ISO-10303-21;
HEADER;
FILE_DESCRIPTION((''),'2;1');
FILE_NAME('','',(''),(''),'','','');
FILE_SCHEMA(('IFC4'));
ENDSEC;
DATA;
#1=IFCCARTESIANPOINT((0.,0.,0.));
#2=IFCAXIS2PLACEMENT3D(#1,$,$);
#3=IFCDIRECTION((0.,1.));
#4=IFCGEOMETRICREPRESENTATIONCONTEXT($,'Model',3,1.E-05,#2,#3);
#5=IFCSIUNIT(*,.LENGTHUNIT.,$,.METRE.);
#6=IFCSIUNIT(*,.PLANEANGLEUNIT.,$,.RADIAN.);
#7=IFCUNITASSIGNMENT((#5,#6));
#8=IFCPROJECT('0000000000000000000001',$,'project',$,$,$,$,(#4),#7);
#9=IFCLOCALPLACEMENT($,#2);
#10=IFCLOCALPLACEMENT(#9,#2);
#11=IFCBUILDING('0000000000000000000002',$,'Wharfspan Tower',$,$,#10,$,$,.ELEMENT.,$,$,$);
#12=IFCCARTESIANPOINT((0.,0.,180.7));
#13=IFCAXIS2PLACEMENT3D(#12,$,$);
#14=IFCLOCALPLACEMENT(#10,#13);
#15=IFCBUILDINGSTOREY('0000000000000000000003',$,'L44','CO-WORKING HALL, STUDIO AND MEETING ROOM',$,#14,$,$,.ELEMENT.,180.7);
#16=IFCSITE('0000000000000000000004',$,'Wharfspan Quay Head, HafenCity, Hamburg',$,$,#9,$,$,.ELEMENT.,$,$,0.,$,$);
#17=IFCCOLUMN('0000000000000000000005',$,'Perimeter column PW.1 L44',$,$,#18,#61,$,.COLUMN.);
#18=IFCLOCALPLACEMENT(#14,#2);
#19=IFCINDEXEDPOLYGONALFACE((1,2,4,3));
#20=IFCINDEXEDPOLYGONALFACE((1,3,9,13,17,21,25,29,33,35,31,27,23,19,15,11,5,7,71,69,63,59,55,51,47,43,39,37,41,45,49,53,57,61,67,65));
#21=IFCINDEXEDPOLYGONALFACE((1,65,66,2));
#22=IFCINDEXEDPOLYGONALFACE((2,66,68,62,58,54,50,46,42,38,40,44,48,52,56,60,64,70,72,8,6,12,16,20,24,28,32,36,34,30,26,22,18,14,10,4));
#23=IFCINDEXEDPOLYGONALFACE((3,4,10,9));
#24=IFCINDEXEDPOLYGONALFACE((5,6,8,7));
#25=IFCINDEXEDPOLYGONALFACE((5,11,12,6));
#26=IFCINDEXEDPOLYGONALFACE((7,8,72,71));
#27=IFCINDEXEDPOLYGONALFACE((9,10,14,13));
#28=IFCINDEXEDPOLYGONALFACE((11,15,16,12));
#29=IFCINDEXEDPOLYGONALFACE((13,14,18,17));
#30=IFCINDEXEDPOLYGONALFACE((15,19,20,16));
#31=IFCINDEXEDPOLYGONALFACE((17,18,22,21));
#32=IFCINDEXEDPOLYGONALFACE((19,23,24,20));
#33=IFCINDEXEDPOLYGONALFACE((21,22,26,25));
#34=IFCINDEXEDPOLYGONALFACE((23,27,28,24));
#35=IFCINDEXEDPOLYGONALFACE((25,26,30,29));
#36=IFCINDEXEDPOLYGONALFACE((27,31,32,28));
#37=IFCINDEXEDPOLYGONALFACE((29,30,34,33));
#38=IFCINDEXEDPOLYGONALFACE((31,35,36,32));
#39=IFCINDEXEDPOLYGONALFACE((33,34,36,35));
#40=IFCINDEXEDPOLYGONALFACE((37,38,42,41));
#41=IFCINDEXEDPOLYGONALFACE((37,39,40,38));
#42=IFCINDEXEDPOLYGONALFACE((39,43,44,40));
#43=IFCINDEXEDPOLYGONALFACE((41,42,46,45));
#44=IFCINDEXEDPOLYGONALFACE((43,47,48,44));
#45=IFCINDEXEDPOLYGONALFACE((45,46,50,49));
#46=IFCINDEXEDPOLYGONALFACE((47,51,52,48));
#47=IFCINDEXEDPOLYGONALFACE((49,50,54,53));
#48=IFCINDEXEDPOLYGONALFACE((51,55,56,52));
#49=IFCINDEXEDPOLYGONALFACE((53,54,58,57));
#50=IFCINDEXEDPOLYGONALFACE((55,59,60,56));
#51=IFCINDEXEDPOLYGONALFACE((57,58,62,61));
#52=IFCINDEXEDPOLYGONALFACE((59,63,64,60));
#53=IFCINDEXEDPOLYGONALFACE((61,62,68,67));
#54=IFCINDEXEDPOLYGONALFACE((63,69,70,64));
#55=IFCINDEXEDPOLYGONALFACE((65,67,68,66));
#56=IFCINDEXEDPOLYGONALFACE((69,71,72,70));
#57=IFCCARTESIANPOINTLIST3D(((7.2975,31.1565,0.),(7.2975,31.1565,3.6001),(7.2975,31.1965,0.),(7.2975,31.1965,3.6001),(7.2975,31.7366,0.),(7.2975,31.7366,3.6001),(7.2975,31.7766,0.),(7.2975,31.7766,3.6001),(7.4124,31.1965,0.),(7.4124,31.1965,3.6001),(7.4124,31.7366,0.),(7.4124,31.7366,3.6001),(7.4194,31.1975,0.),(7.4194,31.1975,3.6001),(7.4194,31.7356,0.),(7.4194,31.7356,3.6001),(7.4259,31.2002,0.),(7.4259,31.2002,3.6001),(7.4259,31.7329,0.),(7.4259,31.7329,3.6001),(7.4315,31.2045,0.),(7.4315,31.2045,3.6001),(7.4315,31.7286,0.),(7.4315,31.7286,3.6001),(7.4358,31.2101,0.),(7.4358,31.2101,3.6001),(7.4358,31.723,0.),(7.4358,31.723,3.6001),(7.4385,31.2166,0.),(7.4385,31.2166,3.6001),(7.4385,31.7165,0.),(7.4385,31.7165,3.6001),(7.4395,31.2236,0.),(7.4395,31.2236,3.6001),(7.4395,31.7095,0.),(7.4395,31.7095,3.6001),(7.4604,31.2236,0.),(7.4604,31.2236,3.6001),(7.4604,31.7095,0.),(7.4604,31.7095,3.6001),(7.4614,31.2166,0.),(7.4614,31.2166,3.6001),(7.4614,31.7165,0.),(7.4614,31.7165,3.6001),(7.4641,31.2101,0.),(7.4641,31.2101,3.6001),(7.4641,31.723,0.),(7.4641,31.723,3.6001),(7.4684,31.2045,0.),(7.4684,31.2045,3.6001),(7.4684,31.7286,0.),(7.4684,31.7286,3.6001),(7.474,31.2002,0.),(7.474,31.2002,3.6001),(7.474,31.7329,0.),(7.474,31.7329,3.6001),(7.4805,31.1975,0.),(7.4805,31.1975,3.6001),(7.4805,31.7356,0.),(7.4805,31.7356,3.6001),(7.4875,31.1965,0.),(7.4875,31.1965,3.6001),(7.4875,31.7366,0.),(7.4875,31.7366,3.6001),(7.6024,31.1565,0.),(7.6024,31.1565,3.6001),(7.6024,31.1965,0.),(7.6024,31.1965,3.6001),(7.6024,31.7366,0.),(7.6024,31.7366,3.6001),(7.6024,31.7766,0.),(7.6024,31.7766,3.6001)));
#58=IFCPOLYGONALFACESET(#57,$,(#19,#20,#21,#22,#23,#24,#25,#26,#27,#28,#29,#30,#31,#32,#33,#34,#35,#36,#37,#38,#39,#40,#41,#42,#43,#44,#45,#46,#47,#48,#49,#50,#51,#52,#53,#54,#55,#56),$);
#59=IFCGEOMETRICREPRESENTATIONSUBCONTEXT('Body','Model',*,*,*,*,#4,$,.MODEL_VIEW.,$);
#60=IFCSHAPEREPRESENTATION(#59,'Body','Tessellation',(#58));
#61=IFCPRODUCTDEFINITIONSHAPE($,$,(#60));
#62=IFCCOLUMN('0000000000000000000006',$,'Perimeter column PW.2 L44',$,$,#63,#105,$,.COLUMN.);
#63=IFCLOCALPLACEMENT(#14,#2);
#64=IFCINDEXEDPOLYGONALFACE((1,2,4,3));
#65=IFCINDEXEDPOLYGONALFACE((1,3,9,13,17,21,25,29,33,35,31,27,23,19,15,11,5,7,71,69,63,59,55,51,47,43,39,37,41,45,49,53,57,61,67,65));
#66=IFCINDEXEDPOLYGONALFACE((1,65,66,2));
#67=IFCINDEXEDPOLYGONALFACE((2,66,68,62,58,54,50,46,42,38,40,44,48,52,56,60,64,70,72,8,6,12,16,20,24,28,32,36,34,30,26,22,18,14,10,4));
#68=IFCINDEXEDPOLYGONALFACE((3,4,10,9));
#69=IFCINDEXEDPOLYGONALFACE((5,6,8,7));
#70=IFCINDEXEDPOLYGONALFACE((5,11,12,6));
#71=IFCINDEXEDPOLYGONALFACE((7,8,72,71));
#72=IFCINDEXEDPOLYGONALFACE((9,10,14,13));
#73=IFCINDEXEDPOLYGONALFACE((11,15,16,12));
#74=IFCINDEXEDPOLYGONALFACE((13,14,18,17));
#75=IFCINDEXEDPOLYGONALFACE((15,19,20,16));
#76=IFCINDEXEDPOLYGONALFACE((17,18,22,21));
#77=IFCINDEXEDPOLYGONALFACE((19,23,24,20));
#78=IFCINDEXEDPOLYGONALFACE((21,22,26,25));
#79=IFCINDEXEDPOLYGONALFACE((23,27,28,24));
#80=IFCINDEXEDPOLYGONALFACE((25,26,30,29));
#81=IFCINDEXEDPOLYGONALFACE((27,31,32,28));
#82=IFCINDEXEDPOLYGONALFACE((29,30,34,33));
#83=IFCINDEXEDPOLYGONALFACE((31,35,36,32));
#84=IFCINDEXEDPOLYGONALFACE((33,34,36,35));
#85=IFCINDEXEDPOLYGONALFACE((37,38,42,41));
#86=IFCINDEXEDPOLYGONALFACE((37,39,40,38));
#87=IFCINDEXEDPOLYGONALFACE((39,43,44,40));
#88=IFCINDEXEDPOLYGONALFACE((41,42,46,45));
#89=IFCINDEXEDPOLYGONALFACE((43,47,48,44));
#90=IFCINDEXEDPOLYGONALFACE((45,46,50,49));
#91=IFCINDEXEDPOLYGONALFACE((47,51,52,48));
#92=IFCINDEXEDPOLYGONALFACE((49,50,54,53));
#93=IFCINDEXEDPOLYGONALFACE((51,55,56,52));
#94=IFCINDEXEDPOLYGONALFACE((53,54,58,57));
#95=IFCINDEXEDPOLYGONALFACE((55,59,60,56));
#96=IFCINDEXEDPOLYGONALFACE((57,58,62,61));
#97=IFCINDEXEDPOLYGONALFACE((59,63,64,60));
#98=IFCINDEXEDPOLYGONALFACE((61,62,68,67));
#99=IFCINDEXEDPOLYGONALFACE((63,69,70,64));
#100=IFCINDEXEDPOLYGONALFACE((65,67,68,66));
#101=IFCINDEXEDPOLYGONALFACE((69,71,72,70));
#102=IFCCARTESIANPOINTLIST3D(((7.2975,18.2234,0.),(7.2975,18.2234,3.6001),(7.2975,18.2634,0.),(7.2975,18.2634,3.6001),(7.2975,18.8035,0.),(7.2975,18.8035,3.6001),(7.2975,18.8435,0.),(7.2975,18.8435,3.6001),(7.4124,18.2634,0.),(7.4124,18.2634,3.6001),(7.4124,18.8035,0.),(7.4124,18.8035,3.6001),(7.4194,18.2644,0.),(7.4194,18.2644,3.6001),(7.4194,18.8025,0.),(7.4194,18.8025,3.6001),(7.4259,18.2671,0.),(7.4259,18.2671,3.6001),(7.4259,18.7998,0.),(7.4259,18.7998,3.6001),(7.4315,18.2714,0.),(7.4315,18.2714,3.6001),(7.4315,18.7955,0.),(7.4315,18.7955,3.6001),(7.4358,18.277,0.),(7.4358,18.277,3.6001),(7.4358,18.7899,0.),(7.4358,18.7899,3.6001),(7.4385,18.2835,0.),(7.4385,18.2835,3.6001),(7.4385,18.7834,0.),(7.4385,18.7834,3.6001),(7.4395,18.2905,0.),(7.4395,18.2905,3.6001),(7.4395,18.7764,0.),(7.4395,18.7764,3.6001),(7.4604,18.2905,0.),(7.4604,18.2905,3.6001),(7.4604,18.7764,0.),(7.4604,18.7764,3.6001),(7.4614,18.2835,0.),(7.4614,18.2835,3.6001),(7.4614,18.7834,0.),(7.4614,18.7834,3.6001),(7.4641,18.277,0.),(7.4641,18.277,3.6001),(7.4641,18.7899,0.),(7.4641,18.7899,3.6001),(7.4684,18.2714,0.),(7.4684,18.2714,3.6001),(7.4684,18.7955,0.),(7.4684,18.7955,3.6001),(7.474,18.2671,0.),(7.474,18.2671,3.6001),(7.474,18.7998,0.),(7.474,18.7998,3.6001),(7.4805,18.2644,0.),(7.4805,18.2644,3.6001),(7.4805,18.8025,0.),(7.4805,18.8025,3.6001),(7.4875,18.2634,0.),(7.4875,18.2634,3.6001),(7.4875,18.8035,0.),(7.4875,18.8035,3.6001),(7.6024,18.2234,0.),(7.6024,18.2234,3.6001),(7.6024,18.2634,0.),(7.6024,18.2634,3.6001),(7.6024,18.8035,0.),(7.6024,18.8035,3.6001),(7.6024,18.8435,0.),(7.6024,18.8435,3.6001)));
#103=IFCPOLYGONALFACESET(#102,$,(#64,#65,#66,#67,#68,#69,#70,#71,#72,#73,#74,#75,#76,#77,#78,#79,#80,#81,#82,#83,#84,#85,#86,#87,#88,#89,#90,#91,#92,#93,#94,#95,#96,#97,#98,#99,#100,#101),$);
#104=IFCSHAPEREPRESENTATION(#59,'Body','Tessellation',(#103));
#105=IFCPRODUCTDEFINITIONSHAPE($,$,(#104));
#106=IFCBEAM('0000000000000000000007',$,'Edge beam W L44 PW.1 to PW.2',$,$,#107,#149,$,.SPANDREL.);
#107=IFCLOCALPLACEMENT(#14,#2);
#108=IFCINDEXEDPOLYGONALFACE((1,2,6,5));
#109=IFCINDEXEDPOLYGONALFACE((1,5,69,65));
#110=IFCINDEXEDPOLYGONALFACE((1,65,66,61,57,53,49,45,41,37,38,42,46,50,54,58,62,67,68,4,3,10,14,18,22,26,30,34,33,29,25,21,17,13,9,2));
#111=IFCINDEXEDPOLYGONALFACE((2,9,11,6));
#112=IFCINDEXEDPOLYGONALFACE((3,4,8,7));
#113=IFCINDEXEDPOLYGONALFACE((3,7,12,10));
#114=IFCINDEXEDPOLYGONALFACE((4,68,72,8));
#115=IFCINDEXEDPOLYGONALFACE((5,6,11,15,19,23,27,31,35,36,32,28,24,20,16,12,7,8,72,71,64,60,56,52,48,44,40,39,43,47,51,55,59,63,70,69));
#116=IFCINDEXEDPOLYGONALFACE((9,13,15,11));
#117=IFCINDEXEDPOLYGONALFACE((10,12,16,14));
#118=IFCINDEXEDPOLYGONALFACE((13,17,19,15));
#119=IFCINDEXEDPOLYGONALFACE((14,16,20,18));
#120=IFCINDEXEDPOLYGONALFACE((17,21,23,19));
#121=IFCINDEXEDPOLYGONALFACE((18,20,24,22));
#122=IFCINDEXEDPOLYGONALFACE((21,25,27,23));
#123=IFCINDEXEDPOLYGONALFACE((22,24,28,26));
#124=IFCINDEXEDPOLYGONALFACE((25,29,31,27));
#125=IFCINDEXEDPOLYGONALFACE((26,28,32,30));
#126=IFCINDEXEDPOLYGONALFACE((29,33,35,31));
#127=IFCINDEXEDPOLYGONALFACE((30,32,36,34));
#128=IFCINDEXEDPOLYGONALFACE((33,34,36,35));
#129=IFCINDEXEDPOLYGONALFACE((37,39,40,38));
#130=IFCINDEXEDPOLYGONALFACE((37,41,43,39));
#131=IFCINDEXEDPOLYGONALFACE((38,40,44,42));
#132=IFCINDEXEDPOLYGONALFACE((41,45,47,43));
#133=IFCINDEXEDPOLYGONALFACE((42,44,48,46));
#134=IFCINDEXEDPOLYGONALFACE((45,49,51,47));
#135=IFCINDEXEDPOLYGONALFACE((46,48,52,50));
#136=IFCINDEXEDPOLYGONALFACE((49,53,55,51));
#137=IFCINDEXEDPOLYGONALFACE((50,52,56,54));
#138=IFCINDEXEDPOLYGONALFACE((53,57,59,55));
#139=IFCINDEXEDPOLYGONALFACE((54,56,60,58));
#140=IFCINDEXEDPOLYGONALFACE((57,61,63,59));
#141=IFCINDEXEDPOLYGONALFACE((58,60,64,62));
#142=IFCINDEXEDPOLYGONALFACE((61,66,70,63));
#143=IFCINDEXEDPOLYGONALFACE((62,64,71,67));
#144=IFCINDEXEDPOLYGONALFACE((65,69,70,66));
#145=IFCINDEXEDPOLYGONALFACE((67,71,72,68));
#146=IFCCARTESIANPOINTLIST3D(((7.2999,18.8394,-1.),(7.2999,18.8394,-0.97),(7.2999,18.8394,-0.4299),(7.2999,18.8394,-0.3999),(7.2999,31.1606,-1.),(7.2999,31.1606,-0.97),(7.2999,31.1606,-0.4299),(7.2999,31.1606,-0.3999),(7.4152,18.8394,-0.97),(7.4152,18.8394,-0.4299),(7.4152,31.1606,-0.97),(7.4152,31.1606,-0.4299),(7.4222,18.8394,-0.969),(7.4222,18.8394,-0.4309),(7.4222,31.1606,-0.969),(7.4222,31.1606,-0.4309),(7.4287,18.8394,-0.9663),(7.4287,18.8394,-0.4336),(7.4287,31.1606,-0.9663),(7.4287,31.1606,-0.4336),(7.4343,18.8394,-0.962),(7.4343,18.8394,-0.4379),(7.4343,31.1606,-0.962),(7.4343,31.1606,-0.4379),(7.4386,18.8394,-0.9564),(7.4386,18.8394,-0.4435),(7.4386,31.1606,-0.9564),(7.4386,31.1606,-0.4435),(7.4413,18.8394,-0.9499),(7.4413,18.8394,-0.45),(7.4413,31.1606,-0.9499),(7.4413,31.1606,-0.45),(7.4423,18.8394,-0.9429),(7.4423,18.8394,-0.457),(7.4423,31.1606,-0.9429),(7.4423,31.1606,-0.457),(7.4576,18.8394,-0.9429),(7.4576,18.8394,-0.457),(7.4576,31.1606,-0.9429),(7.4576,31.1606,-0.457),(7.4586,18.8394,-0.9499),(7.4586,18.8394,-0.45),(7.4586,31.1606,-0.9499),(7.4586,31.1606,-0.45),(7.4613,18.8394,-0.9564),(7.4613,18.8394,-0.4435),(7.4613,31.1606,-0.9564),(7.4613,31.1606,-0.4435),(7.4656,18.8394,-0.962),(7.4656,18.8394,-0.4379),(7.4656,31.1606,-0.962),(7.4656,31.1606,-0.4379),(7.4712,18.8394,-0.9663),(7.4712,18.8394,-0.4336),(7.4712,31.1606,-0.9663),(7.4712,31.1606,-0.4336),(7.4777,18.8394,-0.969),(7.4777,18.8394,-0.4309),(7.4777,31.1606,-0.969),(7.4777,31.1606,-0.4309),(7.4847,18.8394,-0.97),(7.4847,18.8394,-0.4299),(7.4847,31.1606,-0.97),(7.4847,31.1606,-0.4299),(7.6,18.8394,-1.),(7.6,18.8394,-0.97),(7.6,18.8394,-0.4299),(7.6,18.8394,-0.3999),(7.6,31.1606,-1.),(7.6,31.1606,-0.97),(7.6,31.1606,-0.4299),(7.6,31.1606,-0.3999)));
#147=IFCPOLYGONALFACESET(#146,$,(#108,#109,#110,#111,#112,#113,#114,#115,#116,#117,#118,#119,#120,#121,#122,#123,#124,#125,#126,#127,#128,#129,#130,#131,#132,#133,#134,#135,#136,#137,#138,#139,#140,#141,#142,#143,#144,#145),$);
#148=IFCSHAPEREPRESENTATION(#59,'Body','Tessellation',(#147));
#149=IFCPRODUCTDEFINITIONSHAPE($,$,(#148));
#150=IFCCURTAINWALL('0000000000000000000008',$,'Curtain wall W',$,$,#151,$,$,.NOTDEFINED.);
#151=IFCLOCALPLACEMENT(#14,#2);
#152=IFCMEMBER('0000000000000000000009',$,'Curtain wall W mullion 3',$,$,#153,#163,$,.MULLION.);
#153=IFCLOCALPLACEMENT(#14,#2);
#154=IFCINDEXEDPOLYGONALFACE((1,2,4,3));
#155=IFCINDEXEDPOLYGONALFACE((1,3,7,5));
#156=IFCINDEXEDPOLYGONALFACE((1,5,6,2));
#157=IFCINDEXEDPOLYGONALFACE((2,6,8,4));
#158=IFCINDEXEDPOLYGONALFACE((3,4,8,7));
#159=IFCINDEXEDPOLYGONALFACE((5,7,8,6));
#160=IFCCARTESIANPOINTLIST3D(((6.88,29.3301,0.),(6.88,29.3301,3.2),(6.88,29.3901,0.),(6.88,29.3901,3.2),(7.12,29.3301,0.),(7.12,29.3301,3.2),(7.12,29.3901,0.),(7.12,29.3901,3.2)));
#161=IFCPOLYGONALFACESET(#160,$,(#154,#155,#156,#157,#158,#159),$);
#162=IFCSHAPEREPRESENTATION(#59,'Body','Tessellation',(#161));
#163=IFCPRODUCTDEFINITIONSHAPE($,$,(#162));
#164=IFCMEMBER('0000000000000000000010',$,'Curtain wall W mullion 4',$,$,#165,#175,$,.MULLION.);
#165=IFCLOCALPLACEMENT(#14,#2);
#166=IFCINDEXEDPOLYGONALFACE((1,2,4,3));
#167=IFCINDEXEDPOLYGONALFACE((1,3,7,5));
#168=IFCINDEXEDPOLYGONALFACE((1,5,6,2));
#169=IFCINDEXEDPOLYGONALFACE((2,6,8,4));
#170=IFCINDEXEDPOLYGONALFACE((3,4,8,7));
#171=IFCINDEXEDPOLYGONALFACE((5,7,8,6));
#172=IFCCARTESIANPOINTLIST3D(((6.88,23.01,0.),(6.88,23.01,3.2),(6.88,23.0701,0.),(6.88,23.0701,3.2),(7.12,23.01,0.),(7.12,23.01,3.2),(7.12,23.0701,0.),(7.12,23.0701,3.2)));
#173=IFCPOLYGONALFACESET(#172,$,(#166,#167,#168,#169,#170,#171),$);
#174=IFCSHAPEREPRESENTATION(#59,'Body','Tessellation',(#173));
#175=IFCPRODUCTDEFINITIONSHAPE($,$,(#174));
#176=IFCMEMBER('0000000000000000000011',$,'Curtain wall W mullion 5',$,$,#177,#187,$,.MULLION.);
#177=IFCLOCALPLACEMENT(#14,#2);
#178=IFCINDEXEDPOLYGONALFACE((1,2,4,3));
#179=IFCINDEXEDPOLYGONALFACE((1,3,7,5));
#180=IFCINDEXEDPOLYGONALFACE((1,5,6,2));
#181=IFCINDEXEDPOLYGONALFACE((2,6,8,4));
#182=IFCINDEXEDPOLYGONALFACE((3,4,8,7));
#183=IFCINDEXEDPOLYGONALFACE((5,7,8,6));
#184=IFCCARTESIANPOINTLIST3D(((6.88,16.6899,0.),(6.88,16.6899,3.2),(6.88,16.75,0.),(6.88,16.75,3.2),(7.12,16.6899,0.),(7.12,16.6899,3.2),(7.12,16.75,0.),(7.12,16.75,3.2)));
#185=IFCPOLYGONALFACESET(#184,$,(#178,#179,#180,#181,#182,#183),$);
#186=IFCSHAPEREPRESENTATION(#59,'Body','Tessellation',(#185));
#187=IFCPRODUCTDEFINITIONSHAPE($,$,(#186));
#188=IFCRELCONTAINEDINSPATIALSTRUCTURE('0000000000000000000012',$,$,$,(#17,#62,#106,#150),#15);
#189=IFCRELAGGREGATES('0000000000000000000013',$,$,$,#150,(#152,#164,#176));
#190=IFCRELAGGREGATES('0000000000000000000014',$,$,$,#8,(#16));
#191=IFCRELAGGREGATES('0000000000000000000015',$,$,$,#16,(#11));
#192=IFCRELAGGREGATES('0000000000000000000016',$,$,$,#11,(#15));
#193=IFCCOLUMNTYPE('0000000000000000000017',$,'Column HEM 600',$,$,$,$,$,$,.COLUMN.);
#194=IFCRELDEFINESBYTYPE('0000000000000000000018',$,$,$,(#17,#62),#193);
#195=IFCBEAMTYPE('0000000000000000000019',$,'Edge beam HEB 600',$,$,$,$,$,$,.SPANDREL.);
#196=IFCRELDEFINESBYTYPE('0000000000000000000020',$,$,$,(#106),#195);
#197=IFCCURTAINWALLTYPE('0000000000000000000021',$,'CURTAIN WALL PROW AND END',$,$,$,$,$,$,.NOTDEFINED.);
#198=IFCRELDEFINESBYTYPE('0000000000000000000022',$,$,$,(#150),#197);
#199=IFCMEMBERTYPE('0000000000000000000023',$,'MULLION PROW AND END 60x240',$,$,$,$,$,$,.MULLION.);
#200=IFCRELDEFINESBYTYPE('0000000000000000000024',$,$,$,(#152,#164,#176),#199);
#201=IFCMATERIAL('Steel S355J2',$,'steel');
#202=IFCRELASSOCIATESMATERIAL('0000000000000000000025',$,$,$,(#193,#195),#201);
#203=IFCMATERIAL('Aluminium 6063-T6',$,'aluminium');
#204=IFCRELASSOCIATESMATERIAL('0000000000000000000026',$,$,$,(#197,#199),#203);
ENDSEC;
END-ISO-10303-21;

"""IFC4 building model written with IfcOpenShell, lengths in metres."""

from ifc_helpers import new_model, si_unit, direction, frame, origin, origin_2d, place, context, subcontext, project, spatial, rectangle, i_section, extrude, material, material_profile, profile_set, type_object, element, aggregate, save


model = new_model("IFC4")

# Units and contexts
model_context = context("Model", 3, precision=1e-05, world=origin(), true_north=direction((0.0, 1.0)))
body_context = subcontext(model_context, "Body", "Model", "MODEL_VIEW")
ifc_project = project(units=[si_unit("LENGTHUNIT", "METRE"), si_unit("PLANEANGLEUNIT", "RADIAN")], contexts=[model_context])

# Site, building, storey
site_placement = place(None, origin())
site = spatial("IfcSite", under=ifc_project, at=site_placement, Name="Wharfspan Quay Head, HafenCity, Hamburg", CompositionType="ELEMENT", RefElevation=0.0)
building_placement = place(site_placement, origin())
building = spatial("IfcBuilding", under=site, at=building_placement, Name="Wharfspan Tower", CompositionType="ELEMENT")
storey_placement = place(building_placement, frame((0.0, 0.0, 180.7)))
storey = spatial("IfcBuildingStorey", under=building, at=storey_placement, Name="L44", Description="CO-WORKING HALL, STUDIO AND MEETING ROOM", CompositionType="ELEMENT", Elevation=180.7)

# Columns
ifc_material_1 = material(Name="Steel S355J2", Category="steel")
ifc_material_profile_1 = material_profile(ifc_material_1, i_section(OverallWidth=0.3049, OverallDepth=0.6201, WebThickness=0.021, FlangeThickness=0.04, FilletRadius=0.0271, at=origin_2d()))
ifc_profile_set_1 = profile_set([ifc_material_profile_1], Name="Steel S355J2")
column_type = type_object("IfcColumnType", Name="Column HEM 600", PredefinedType="COLUMN", material=ifc_profile_set_1)
for number, where, z_axis, x_axis, name in (
    (1, (7.45, 31.4666, 0.0), (0.0, 0.0, 1.0), (-1.0, 0.0, 0.0), "Perimeter column PW.1 L44"),
    (2, (7.45, 18.5334, 0.0), (0.0, 0.0, 1.0), (-1.0, 0.0, 0.0), "Perimeter column PW.2 L44"),
):
    element("IfcColumn", number, at=place(storey_placement, frame(where, z_axis=z_axis, x_axis=x_axis)), inside=storey, type_object=column_type, Name=name, PredefinedType="COLUMN", context=body_context, shape_type="SweptSolid", body=[
        extrude(i_section(OverallWidth=0.3049, OverallDepth=0.6201, WebThickness=0.021, FlangeThickness=0.04, FilletRadius=0.0271, at=origin_2d()), origin(), (0.0, 0.0, 1.0), 3.6001),
    ])

# Beam
ifc_material_profile_2 = material_profile(ifc_material_1, i_section(OverallWidth=0.3, OverallDepth=0.6001, WebThickness=0.0154, FlangeThickness=0.03, FilletRadius=0.0271, at=origin_2d()))
ifc_profile_set_2 = profile_set([ifc_material_profile_2], Name="Steel S355J2")
beam_type = type_object("IfcBeamType", Name="Edge beam HEB 600", PredefinedType="SPANDREL", material=ifc_profile_set_2)
beam_placement = place(storey_placement, frame((7.45, 31.1606, -0.7), z_axis=(0.0, -1.0, 0.0), x_axis=(1.0, 0.0, 0.0)))
element("IfcBeam", 3, at=beam_placement, inside=storey, type_object=beam_type, Name="Edge beam W L44 PW.1 to PW.2", PredefinedType="SPANDREL", context=body_context, shape_type="SweptSolid", body=[
    extrude(i_section(OverallWidth=0.3, OverallDepth=0.6001, WebThickness=0.0154, FlangeThickness=0.03, FilletRadius=0.0271, at=origin_2d()), origin(), (0.0, 0.0, 1.0), 12.3213),
])

# Curtain wall, members
ifc_material_2 = material(Name="Aluminium 6063-T6", Category="aluminium")
curtain_wall_type = type_object("IfcCurtainWallType", Name="CURTAIN WALL PROW AND END", PredefinedType="NOTDEFINED", material=ifc_material_2)
curtain_wall_placement = place(storey_placement, origin())
curtain_wall = element("IfcCurtainWall", 4, at=curtain_wall_placement, inside=storey, type_object=curtain_wall_type, Name="Curtain wall W", PredefinedType="NOTDEFINED")
ifc_material_profile_3 = material_profile(ifc_material_2, rectangle(XDim=0.24, YDim=0.0601, at=origin_2d()))
ifc_profile_set_3 = profile_set([ifc_material_profile_3], Name="Aluminium 6063-T6")
member_type_1 = type_object("IfcMemberType", Name="MULLION PROW AND END 60x240", PredefinedType="MULLION", material=ifc_profile_set_3)
member_1_placement = place(storey_placement, frame((7.0, 29.3601, 0.0), z_axis=(0.0, 0.0, 1.0), x_axis=(1.0, 0.0, 0.0)))
member_1 = element("IfcMember", 5, at=member_1_placement, type_object=member_type_1, Name="Curtain wall W mullion 3", PredefinedType="MULLION", context=body_context, shape_type="SweptSolid", body=[
    extrude(rectangle(XDim=0.24, YDim=0.0601, at=origin_2d()), origin(), (0.0, 0.0, 1.0), 3.2),
])
member_2_placement = place(storey_placement, frame((7.0, 23.04, 0.0), z_axis=(0.0, 0.0, 1.0), x_axis=(1.0, 0.0, 0.0)))
member_2 = element("IfcMember", 6, at=member_2_placement, type_object=member_type_1, Name="Curtain wall W mullion 4", PredefinedType="MULLION", context=body_context, shape_type="SweptSolid", body=[
    extrude(rectangle(XDim=0.24, YDim=0.0601, at=origin_2d()), origin(), (0.0, 0.0, 1.0), 3.2),
])
member_3_placement = place(storey_placement, frame((7.0, 16.72, 0.0), z_axis=(0.0, 0.0, 1.0), x_axis=(1.0, 0.0, 0.0)))
member_3 = element("IfcMember", 7, at=member_3_placement, type_object=member_type_1, Name="Curtain wall W mullion 5", PredefinedType="MULLION", context=body_context, shape_type="SweptSolid", body=[
    extrude(rectangle(XDim=0.24, YDim=0.0601, at=origin_2d()), origin(), (0.0, 0.0, 1.0), 3.2),
])

aggregate(curtain_wall, [member_1, member_2, member_3])

save(model, "model.ifc")
